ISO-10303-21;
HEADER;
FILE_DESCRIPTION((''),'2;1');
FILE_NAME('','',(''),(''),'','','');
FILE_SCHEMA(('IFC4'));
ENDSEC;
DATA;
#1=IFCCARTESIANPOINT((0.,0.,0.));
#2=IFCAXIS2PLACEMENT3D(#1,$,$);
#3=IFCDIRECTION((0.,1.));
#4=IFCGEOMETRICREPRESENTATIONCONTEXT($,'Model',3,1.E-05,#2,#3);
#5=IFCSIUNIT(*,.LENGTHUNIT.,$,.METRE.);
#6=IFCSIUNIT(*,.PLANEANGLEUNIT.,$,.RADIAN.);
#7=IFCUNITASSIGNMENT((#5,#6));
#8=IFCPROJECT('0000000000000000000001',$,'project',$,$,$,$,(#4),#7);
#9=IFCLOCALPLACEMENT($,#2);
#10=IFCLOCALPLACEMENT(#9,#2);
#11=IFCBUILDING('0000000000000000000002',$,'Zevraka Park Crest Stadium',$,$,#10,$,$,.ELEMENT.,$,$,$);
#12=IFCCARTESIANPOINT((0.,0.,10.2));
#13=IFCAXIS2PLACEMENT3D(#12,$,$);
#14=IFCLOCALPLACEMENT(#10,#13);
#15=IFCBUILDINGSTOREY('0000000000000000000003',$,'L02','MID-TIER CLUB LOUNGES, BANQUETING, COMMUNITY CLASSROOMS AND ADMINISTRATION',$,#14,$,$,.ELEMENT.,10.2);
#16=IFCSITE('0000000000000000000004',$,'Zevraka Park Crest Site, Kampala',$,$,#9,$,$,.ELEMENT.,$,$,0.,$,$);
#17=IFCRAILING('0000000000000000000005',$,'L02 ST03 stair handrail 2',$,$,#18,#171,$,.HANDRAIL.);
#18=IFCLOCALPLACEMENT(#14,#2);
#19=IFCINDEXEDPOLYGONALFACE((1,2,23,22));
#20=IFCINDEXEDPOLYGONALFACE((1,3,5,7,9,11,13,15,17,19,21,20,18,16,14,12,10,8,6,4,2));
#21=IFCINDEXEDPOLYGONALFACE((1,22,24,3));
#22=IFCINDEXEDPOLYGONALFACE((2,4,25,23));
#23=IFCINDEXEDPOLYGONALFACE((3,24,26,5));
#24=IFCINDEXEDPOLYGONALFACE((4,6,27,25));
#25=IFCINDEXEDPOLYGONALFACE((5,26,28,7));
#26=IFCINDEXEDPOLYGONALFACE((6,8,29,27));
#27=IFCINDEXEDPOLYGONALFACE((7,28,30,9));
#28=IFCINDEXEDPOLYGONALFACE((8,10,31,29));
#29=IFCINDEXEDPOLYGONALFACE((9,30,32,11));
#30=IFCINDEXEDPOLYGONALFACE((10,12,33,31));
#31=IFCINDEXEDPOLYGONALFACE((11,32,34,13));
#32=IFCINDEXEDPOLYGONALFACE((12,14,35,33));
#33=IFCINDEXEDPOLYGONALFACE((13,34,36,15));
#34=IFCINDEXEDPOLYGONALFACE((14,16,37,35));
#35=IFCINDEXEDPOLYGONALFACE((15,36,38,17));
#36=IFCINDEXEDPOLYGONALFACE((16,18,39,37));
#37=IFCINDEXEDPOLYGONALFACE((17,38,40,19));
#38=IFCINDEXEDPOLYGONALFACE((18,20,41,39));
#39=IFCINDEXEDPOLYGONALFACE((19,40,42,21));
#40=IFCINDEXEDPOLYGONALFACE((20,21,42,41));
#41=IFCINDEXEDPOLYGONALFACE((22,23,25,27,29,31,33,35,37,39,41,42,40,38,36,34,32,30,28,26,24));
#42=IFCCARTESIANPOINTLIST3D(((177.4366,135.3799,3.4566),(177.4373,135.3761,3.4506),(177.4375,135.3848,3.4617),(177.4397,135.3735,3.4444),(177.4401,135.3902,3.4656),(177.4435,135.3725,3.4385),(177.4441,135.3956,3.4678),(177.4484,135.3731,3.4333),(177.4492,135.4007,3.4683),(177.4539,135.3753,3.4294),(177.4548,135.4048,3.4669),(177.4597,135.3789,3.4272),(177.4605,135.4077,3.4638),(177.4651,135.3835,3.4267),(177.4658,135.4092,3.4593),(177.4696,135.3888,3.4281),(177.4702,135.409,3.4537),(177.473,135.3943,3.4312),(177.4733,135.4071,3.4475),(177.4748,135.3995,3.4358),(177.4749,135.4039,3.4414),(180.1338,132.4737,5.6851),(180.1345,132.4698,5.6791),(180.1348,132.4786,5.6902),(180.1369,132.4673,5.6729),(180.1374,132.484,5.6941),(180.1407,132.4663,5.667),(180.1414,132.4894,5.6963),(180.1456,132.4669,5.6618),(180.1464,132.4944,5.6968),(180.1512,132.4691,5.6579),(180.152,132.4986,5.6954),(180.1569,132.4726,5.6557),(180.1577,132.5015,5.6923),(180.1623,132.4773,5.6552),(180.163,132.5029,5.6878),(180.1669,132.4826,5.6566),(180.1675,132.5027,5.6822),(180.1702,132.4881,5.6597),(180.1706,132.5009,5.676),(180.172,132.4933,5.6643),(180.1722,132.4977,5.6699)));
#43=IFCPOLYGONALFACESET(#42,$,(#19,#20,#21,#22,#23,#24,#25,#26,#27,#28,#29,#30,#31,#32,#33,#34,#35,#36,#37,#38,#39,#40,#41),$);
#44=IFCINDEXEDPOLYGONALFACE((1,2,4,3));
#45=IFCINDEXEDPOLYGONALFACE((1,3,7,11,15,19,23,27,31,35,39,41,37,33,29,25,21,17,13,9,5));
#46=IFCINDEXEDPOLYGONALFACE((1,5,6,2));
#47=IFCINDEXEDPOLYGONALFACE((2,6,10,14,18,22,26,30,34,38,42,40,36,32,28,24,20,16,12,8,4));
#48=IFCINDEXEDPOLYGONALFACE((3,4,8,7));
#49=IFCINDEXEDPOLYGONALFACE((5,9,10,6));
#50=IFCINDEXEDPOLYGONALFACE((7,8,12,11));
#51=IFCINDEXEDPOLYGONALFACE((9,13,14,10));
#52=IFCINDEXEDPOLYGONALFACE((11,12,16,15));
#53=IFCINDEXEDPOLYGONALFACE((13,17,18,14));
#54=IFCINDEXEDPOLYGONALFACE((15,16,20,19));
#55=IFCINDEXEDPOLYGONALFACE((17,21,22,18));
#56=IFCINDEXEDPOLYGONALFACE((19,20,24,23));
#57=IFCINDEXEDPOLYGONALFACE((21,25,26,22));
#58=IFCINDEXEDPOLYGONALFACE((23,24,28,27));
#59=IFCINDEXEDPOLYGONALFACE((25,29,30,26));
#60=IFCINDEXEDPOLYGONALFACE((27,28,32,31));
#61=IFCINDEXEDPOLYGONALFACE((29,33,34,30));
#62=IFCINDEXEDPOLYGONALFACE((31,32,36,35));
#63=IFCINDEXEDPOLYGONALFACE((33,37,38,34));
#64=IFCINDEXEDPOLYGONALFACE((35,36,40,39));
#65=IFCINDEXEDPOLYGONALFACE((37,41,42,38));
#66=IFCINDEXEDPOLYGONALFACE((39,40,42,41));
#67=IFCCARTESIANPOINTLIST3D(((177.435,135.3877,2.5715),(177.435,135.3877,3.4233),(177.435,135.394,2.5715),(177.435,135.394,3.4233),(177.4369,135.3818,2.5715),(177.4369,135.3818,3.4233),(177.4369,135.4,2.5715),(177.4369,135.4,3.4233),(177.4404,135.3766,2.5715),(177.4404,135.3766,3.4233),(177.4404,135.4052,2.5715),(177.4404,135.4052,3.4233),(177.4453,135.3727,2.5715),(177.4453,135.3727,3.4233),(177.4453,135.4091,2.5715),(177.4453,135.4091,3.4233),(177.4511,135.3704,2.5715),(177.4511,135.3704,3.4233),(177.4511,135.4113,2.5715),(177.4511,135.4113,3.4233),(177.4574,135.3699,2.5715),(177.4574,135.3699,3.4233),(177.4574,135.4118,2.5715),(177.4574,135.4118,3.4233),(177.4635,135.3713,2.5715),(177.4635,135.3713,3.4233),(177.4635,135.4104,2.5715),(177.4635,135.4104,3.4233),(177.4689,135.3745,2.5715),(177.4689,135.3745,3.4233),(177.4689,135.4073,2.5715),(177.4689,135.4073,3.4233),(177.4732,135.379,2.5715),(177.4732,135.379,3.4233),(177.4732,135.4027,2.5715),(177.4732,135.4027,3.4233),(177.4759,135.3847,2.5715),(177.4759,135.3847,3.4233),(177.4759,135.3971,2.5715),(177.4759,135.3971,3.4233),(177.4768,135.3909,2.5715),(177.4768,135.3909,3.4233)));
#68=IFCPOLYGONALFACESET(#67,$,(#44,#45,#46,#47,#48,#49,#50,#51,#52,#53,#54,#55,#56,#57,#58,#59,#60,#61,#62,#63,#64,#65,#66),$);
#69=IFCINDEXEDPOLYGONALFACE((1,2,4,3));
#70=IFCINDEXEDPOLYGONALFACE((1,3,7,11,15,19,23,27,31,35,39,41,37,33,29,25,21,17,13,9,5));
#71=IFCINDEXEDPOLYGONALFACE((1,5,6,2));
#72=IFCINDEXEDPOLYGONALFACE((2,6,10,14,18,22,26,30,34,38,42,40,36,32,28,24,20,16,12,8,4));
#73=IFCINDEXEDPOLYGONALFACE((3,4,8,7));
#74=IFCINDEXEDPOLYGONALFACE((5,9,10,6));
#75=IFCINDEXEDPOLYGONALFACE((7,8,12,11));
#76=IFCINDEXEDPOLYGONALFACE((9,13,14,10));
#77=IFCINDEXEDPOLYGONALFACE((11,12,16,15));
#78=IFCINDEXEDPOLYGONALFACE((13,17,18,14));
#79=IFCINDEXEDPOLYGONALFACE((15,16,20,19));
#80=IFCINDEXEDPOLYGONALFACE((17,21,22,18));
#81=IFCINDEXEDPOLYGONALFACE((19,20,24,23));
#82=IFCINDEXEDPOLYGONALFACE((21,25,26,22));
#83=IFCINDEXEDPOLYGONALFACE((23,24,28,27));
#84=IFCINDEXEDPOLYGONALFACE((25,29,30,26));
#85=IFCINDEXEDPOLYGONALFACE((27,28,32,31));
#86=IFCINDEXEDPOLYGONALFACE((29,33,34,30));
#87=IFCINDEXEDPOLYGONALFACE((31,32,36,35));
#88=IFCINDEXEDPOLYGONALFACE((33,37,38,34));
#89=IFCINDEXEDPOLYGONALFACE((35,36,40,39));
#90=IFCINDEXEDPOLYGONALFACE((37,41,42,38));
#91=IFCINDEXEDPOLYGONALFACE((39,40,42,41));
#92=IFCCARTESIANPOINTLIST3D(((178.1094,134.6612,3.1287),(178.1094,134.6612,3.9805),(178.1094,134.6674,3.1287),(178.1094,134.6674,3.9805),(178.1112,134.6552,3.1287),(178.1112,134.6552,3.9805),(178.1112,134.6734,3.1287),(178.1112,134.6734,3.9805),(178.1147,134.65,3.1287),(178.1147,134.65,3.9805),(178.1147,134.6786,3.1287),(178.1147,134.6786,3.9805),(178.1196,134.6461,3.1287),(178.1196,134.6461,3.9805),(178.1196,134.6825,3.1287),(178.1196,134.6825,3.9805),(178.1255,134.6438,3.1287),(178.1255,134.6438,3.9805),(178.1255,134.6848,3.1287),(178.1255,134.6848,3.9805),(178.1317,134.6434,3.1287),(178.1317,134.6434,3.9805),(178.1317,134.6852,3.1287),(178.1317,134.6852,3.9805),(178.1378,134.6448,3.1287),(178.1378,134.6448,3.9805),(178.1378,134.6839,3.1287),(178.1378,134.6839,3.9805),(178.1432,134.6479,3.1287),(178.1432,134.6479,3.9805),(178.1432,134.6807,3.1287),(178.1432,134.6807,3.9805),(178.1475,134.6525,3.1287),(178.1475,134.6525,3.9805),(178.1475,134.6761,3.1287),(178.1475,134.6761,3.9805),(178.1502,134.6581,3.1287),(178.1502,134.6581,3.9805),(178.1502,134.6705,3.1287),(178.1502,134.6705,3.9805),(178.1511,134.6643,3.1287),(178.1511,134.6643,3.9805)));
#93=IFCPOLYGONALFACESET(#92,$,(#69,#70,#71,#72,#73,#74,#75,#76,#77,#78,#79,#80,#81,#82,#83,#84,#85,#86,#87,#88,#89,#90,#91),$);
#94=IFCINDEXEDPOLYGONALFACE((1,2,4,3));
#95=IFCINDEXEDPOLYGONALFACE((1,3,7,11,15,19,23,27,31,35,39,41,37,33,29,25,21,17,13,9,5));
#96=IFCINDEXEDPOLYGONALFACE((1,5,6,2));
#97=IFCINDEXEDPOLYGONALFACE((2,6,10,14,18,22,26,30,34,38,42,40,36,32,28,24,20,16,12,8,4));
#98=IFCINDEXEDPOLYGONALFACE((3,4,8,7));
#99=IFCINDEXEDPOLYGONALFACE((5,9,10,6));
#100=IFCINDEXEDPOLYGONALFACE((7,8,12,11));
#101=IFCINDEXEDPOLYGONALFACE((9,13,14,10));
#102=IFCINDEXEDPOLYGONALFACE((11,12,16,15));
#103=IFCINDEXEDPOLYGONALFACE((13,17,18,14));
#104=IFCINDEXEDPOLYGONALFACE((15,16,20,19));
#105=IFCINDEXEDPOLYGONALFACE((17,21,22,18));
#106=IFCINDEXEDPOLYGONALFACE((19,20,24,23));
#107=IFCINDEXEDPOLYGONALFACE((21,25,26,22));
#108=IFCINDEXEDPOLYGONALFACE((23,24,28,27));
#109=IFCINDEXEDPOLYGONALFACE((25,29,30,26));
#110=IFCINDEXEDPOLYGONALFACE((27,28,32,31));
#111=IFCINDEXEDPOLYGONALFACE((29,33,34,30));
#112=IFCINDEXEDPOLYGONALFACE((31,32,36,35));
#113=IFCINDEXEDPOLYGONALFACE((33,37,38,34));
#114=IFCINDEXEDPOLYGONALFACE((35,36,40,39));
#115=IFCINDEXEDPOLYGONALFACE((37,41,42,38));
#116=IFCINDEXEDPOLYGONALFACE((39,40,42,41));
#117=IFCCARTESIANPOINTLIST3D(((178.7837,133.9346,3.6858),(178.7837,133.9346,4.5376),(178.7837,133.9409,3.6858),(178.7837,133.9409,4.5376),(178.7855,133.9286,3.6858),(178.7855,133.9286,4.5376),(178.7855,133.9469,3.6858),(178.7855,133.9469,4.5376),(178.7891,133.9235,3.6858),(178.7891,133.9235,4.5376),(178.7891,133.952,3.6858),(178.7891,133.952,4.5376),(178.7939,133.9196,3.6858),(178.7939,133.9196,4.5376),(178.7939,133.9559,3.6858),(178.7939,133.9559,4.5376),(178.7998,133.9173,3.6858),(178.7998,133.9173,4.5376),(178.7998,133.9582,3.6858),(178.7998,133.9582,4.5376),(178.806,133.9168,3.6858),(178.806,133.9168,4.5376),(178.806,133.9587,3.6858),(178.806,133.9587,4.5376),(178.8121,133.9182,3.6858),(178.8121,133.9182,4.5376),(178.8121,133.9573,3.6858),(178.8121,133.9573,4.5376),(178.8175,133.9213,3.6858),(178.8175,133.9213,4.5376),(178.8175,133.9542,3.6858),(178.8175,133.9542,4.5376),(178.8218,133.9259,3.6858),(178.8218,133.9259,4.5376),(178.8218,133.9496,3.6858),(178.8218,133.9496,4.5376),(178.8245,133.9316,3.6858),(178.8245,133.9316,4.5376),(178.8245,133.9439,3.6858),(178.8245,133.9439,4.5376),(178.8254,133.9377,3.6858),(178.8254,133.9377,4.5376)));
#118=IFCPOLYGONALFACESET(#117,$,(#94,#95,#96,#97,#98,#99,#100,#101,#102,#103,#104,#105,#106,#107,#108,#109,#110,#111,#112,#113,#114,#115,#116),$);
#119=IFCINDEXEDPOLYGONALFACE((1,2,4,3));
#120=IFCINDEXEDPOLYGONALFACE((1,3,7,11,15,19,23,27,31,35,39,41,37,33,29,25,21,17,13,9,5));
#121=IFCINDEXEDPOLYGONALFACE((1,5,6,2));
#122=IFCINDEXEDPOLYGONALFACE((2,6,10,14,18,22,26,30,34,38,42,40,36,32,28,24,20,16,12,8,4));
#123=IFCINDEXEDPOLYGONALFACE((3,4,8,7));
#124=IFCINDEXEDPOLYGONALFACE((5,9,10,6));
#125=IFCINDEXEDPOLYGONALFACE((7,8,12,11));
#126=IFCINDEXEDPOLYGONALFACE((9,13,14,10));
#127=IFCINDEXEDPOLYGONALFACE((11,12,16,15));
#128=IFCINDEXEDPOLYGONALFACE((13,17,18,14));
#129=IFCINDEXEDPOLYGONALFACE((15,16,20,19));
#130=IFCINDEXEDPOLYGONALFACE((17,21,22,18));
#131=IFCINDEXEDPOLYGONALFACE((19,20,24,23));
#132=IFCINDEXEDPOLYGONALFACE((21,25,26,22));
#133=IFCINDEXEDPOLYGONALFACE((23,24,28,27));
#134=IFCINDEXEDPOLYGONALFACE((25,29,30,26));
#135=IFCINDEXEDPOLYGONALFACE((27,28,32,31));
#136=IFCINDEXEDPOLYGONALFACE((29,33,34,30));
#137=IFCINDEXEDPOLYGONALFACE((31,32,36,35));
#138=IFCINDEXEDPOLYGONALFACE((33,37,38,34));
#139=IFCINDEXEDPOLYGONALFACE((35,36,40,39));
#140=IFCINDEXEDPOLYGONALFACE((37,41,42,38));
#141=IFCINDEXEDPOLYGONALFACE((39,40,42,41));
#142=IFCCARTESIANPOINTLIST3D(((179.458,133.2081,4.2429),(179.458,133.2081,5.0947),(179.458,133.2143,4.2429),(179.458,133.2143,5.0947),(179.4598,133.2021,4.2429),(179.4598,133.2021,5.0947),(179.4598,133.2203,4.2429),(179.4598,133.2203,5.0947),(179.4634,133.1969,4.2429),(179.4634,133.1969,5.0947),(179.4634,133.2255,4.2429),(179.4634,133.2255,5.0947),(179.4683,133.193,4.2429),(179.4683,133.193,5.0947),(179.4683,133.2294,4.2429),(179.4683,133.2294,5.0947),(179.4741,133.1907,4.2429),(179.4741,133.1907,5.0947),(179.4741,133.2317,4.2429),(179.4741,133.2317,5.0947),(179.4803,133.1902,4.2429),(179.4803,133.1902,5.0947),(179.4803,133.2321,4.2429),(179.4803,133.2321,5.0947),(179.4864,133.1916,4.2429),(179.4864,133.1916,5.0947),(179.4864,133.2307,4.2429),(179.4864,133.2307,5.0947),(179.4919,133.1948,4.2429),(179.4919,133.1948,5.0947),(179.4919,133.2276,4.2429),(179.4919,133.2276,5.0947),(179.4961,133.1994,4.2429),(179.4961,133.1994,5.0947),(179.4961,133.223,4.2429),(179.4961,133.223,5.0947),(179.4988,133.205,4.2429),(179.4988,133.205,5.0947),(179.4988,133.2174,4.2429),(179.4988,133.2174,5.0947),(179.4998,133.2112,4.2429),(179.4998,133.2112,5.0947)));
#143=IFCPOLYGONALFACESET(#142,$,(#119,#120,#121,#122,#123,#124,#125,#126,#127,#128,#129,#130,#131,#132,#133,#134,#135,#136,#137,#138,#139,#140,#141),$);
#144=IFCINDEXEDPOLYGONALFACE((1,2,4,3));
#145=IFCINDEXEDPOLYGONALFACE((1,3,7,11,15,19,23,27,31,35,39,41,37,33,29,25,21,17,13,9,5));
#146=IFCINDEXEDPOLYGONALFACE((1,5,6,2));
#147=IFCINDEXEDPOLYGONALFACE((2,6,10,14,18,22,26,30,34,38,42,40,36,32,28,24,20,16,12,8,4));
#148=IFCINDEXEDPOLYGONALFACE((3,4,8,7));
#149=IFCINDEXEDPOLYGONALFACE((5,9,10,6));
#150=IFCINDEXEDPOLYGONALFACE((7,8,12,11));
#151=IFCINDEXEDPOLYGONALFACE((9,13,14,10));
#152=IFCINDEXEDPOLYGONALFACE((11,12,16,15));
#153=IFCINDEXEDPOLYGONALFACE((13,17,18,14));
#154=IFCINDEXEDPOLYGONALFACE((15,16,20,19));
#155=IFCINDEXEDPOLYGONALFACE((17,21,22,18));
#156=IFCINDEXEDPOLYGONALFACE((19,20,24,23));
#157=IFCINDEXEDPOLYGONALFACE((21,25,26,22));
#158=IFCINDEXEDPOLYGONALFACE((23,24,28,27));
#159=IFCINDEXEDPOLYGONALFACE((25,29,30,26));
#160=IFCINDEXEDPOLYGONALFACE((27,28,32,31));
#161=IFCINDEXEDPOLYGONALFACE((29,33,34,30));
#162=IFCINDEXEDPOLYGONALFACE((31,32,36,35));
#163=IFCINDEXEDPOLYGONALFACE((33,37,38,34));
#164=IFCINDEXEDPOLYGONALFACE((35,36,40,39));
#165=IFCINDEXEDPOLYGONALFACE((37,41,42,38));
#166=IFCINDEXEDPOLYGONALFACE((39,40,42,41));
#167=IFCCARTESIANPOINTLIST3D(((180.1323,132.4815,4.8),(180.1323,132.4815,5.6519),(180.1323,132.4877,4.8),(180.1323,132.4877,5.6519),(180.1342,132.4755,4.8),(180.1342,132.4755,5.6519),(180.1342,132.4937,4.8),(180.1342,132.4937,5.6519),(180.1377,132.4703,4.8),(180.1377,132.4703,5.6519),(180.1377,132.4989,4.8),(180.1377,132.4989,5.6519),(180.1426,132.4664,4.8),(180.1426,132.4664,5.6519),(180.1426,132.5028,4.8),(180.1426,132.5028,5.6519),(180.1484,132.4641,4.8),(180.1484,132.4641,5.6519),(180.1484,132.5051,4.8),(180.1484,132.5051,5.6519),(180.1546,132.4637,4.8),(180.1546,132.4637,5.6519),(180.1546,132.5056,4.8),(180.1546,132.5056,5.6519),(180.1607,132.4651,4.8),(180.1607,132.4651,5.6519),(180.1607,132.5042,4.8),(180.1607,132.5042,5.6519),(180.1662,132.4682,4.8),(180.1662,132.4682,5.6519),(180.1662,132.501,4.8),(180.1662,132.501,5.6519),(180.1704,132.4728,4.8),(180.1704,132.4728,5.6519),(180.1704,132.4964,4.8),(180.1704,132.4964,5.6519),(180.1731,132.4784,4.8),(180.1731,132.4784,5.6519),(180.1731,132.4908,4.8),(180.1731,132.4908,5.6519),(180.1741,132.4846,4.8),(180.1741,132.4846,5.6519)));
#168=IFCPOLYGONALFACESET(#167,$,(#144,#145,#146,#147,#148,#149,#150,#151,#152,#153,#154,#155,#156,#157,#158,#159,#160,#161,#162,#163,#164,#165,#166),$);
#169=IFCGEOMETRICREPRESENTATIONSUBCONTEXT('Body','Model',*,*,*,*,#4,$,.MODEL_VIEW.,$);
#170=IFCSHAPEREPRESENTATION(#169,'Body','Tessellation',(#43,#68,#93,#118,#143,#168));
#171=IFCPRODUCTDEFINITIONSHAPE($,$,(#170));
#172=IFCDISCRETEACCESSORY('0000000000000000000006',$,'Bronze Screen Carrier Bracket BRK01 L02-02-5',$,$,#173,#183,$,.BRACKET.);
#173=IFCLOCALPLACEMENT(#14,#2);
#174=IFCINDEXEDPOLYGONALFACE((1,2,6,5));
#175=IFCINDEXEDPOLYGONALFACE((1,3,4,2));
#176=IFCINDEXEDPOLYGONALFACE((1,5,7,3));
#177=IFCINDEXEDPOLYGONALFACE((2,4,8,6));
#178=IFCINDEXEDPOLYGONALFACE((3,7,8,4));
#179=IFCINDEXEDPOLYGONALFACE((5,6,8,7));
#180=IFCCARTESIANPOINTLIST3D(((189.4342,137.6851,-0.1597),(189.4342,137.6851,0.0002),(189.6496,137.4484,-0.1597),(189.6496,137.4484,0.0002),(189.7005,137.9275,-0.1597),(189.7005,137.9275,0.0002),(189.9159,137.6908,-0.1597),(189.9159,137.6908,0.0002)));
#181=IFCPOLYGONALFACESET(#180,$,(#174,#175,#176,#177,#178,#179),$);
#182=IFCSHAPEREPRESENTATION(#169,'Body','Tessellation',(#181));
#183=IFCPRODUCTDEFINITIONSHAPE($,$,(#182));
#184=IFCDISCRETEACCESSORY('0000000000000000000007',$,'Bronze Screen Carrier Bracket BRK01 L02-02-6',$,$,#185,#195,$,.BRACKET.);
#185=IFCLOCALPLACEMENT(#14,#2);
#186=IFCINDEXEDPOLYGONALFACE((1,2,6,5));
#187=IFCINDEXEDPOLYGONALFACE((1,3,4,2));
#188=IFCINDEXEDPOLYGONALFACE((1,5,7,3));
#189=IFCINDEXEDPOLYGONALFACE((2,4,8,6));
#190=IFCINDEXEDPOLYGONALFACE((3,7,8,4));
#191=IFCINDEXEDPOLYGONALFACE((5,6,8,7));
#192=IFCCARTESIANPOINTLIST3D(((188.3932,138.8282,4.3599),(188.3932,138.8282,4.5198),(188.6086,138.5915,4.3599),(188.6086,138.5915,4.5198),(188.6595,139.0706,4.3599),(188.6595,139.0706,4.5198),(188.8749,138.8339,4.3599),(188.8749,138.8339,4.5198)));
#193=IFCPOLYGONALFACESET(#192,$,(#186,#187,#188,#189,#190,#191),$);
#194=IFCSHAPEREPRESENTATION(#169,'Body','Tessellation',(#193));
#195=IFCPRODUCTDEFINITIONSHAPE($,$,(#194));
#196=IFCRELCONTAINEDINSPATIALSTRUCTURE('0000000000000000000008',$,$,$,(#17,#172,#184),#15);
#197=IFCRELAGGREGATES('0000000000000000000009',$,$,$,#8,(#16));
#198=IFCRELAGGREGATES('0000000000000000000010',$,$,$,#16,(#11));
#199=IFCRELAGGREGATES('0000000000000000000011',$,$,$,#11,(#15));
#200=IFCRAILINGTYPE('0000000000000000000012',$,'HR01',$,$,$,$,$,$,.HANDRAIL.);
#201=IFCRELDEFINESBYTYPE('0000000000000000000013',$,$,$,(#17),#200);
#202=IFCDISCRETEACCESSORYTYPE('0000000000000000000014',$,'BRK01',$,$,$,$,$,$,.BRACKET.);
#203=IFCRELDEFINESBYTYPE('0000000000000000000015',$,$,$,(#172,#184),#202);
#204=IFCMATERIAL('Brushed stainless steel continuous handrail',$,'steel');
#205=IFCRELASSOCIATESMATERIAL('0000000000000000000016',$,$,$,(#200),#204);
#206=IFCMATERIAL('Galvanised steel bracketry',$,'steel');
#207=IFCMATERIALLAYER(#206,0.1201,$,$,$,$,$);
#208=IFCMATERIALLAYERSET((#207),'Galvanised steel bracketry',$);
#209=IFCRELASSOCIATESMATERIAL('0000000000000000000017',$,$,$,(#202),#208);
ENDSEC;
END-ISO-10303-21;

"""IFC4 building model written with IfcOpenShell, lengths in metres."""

from ifc_helpers import new_model, si_unit, direction, frame, origin, origin_2d, place, context, subcontext, project, spatial, rectangle, circle, extrude, material, layer, layer_set, type_object, element, save


model = new_model("IFC4")

# Units and contexts
model_context = context("Model", 3, precision=1e-05, world=origin(), true_north=direction((0.0, 1.0)))
body_context = subcontext(model_context, "Body", "Model", "MODEL_VIEW")
ifc_project = project(units=[si_unit("LENGTHUNIT", "METRE"), si_unit("PLANEANGLEUNIT", "RADIAN")], contexts=[model_context])

# Site, building, storey
site_placement = place(None, origin())
site = spatial("IfcSite", under=ifc_project, at=site_placement, Name="Zevraka Park Crest Site, Kampala", CompositionType="ELEMENT", RefElevation=0.0)
building_placement = place(site_placement, origin())
building = spatial("IfcBuilding", under=site, at=building_placement, Name="Zevraka Park Crest Stadium", CompositionType="ELEMENT")
storey_placement = place(building_placement, frame((0.0, 0.0, 10.2)))
storey = spatial("IfcBuildingStorey", under=building, at=storey_placement, Name="L02", Description="MID-TIER CLUB LOUNGES, BANQUETING, COMMUNITY CLASSROOMS AND ADMINISTRATION", CompositionType="ELEMENT", Elevation=10.2)

# Railing
ifc_material_1 = material(Name="Brushed stainless steel continuous handrail", Category="steel")
railing_type_1 = type_object("IfcRailingType", Name="HR01", PredefinedType="HANDRAIL", material=ifc_material_1)
railing_1_placement = place(storey_placement, frame((177.4558, 135.3909, 2.5715)))
element("IfcRailing", 1, at=railing_1_placement, inside=storey, type_object=railing_type_1, Name="L02 ST03 stair handrail 2", PredefinedType="HANDRAIL", context=body_context, shape_type="SweptSolid", body=[
    extrude(circle(Radius=0.0239, at=origin_2d()), frame((0.0, 0.0, 0.876), z_axis=(0.593016, -0.638963, 0.489957), x_axis=(0.732969, 0.680262, 0.0)), (0.0, 0.0, 1.0), 4.5483),
    extrude(circle(Radius=0.021, at=origin_2d()), origin(), (0.0, 0.0, 1.0), 0.8518),
    extrude(circle(Radius=0.021, at=origin_2d()), frame((0.6743, -0.7266, 0.5571)), (0.0, 0.0, 1.0), 0.8518),
    extrude(circle(Radius=0.021, at=origin_2d()), frame((1.3486, -1.4531, 1.1143)), (0.0, 0.0, 1.0), 0.8518),
    extrude(circle(Radius=0.021, at=origin_2d()), frame((2.0229, -2.1797, 1.6714)), (0.0, 0.0, 1.0), 0.8518),
    extrude(circle(Radius=0.021, at=origin_2d()), frame((2.6973, -2.9062, 2.2285)), (0.0, 0.0, 1.0), 0.8518),
])

# Discrete accessories
ifc_material_2 = material(Name="Galvanised steel bracketry", Category="steel")
ifc_layer_1 = layer(ifc_material_2, 0.1201)
ifc_layer_set_1 = layer_set([ifc_layer_1], Name="Galvanised steel bracketry")
discrete_accessory_type = type_object("IfcDiscreteAccessoryType", Name="BRK01", PredefinedType="BRACKET", material=ifc_layer_set_1)
for number, where, z_axis, x_axis, name in (
    (2, (189.675, 137.688, -0.1597), (0.0, 0.0, 1.0), (-0.673142, 0.739514, 0.0), "Bronze Screen Carrier Bracket BRK01 L02-02-5"),
    (3, (188.634, 138.8311, 4.3599), (0.0, 0.0, 1.0), (-0.673142, 0.739514, 0.0), "Bronze Screen Carrier Bracket BRK01 L02-02-6"),
):
    element("IfcDiscreteAccessory", number, at=place(storey_placement, frame(where, z_axis=z_axis, x_axis=x_axis)), inside=storey, type_object=discrete_accessory_type, Name=name, PredefinedType="BRACKET", context=body_context, shape_type="SweptSolid", body=[
        extrude(rectangle(XDim=0.3201, YDim=0.3601, at=origin_2d()), origin(), (0.0, 0.0, 1.0), 0.1599),
    ])

save(model, "model.ifc")
